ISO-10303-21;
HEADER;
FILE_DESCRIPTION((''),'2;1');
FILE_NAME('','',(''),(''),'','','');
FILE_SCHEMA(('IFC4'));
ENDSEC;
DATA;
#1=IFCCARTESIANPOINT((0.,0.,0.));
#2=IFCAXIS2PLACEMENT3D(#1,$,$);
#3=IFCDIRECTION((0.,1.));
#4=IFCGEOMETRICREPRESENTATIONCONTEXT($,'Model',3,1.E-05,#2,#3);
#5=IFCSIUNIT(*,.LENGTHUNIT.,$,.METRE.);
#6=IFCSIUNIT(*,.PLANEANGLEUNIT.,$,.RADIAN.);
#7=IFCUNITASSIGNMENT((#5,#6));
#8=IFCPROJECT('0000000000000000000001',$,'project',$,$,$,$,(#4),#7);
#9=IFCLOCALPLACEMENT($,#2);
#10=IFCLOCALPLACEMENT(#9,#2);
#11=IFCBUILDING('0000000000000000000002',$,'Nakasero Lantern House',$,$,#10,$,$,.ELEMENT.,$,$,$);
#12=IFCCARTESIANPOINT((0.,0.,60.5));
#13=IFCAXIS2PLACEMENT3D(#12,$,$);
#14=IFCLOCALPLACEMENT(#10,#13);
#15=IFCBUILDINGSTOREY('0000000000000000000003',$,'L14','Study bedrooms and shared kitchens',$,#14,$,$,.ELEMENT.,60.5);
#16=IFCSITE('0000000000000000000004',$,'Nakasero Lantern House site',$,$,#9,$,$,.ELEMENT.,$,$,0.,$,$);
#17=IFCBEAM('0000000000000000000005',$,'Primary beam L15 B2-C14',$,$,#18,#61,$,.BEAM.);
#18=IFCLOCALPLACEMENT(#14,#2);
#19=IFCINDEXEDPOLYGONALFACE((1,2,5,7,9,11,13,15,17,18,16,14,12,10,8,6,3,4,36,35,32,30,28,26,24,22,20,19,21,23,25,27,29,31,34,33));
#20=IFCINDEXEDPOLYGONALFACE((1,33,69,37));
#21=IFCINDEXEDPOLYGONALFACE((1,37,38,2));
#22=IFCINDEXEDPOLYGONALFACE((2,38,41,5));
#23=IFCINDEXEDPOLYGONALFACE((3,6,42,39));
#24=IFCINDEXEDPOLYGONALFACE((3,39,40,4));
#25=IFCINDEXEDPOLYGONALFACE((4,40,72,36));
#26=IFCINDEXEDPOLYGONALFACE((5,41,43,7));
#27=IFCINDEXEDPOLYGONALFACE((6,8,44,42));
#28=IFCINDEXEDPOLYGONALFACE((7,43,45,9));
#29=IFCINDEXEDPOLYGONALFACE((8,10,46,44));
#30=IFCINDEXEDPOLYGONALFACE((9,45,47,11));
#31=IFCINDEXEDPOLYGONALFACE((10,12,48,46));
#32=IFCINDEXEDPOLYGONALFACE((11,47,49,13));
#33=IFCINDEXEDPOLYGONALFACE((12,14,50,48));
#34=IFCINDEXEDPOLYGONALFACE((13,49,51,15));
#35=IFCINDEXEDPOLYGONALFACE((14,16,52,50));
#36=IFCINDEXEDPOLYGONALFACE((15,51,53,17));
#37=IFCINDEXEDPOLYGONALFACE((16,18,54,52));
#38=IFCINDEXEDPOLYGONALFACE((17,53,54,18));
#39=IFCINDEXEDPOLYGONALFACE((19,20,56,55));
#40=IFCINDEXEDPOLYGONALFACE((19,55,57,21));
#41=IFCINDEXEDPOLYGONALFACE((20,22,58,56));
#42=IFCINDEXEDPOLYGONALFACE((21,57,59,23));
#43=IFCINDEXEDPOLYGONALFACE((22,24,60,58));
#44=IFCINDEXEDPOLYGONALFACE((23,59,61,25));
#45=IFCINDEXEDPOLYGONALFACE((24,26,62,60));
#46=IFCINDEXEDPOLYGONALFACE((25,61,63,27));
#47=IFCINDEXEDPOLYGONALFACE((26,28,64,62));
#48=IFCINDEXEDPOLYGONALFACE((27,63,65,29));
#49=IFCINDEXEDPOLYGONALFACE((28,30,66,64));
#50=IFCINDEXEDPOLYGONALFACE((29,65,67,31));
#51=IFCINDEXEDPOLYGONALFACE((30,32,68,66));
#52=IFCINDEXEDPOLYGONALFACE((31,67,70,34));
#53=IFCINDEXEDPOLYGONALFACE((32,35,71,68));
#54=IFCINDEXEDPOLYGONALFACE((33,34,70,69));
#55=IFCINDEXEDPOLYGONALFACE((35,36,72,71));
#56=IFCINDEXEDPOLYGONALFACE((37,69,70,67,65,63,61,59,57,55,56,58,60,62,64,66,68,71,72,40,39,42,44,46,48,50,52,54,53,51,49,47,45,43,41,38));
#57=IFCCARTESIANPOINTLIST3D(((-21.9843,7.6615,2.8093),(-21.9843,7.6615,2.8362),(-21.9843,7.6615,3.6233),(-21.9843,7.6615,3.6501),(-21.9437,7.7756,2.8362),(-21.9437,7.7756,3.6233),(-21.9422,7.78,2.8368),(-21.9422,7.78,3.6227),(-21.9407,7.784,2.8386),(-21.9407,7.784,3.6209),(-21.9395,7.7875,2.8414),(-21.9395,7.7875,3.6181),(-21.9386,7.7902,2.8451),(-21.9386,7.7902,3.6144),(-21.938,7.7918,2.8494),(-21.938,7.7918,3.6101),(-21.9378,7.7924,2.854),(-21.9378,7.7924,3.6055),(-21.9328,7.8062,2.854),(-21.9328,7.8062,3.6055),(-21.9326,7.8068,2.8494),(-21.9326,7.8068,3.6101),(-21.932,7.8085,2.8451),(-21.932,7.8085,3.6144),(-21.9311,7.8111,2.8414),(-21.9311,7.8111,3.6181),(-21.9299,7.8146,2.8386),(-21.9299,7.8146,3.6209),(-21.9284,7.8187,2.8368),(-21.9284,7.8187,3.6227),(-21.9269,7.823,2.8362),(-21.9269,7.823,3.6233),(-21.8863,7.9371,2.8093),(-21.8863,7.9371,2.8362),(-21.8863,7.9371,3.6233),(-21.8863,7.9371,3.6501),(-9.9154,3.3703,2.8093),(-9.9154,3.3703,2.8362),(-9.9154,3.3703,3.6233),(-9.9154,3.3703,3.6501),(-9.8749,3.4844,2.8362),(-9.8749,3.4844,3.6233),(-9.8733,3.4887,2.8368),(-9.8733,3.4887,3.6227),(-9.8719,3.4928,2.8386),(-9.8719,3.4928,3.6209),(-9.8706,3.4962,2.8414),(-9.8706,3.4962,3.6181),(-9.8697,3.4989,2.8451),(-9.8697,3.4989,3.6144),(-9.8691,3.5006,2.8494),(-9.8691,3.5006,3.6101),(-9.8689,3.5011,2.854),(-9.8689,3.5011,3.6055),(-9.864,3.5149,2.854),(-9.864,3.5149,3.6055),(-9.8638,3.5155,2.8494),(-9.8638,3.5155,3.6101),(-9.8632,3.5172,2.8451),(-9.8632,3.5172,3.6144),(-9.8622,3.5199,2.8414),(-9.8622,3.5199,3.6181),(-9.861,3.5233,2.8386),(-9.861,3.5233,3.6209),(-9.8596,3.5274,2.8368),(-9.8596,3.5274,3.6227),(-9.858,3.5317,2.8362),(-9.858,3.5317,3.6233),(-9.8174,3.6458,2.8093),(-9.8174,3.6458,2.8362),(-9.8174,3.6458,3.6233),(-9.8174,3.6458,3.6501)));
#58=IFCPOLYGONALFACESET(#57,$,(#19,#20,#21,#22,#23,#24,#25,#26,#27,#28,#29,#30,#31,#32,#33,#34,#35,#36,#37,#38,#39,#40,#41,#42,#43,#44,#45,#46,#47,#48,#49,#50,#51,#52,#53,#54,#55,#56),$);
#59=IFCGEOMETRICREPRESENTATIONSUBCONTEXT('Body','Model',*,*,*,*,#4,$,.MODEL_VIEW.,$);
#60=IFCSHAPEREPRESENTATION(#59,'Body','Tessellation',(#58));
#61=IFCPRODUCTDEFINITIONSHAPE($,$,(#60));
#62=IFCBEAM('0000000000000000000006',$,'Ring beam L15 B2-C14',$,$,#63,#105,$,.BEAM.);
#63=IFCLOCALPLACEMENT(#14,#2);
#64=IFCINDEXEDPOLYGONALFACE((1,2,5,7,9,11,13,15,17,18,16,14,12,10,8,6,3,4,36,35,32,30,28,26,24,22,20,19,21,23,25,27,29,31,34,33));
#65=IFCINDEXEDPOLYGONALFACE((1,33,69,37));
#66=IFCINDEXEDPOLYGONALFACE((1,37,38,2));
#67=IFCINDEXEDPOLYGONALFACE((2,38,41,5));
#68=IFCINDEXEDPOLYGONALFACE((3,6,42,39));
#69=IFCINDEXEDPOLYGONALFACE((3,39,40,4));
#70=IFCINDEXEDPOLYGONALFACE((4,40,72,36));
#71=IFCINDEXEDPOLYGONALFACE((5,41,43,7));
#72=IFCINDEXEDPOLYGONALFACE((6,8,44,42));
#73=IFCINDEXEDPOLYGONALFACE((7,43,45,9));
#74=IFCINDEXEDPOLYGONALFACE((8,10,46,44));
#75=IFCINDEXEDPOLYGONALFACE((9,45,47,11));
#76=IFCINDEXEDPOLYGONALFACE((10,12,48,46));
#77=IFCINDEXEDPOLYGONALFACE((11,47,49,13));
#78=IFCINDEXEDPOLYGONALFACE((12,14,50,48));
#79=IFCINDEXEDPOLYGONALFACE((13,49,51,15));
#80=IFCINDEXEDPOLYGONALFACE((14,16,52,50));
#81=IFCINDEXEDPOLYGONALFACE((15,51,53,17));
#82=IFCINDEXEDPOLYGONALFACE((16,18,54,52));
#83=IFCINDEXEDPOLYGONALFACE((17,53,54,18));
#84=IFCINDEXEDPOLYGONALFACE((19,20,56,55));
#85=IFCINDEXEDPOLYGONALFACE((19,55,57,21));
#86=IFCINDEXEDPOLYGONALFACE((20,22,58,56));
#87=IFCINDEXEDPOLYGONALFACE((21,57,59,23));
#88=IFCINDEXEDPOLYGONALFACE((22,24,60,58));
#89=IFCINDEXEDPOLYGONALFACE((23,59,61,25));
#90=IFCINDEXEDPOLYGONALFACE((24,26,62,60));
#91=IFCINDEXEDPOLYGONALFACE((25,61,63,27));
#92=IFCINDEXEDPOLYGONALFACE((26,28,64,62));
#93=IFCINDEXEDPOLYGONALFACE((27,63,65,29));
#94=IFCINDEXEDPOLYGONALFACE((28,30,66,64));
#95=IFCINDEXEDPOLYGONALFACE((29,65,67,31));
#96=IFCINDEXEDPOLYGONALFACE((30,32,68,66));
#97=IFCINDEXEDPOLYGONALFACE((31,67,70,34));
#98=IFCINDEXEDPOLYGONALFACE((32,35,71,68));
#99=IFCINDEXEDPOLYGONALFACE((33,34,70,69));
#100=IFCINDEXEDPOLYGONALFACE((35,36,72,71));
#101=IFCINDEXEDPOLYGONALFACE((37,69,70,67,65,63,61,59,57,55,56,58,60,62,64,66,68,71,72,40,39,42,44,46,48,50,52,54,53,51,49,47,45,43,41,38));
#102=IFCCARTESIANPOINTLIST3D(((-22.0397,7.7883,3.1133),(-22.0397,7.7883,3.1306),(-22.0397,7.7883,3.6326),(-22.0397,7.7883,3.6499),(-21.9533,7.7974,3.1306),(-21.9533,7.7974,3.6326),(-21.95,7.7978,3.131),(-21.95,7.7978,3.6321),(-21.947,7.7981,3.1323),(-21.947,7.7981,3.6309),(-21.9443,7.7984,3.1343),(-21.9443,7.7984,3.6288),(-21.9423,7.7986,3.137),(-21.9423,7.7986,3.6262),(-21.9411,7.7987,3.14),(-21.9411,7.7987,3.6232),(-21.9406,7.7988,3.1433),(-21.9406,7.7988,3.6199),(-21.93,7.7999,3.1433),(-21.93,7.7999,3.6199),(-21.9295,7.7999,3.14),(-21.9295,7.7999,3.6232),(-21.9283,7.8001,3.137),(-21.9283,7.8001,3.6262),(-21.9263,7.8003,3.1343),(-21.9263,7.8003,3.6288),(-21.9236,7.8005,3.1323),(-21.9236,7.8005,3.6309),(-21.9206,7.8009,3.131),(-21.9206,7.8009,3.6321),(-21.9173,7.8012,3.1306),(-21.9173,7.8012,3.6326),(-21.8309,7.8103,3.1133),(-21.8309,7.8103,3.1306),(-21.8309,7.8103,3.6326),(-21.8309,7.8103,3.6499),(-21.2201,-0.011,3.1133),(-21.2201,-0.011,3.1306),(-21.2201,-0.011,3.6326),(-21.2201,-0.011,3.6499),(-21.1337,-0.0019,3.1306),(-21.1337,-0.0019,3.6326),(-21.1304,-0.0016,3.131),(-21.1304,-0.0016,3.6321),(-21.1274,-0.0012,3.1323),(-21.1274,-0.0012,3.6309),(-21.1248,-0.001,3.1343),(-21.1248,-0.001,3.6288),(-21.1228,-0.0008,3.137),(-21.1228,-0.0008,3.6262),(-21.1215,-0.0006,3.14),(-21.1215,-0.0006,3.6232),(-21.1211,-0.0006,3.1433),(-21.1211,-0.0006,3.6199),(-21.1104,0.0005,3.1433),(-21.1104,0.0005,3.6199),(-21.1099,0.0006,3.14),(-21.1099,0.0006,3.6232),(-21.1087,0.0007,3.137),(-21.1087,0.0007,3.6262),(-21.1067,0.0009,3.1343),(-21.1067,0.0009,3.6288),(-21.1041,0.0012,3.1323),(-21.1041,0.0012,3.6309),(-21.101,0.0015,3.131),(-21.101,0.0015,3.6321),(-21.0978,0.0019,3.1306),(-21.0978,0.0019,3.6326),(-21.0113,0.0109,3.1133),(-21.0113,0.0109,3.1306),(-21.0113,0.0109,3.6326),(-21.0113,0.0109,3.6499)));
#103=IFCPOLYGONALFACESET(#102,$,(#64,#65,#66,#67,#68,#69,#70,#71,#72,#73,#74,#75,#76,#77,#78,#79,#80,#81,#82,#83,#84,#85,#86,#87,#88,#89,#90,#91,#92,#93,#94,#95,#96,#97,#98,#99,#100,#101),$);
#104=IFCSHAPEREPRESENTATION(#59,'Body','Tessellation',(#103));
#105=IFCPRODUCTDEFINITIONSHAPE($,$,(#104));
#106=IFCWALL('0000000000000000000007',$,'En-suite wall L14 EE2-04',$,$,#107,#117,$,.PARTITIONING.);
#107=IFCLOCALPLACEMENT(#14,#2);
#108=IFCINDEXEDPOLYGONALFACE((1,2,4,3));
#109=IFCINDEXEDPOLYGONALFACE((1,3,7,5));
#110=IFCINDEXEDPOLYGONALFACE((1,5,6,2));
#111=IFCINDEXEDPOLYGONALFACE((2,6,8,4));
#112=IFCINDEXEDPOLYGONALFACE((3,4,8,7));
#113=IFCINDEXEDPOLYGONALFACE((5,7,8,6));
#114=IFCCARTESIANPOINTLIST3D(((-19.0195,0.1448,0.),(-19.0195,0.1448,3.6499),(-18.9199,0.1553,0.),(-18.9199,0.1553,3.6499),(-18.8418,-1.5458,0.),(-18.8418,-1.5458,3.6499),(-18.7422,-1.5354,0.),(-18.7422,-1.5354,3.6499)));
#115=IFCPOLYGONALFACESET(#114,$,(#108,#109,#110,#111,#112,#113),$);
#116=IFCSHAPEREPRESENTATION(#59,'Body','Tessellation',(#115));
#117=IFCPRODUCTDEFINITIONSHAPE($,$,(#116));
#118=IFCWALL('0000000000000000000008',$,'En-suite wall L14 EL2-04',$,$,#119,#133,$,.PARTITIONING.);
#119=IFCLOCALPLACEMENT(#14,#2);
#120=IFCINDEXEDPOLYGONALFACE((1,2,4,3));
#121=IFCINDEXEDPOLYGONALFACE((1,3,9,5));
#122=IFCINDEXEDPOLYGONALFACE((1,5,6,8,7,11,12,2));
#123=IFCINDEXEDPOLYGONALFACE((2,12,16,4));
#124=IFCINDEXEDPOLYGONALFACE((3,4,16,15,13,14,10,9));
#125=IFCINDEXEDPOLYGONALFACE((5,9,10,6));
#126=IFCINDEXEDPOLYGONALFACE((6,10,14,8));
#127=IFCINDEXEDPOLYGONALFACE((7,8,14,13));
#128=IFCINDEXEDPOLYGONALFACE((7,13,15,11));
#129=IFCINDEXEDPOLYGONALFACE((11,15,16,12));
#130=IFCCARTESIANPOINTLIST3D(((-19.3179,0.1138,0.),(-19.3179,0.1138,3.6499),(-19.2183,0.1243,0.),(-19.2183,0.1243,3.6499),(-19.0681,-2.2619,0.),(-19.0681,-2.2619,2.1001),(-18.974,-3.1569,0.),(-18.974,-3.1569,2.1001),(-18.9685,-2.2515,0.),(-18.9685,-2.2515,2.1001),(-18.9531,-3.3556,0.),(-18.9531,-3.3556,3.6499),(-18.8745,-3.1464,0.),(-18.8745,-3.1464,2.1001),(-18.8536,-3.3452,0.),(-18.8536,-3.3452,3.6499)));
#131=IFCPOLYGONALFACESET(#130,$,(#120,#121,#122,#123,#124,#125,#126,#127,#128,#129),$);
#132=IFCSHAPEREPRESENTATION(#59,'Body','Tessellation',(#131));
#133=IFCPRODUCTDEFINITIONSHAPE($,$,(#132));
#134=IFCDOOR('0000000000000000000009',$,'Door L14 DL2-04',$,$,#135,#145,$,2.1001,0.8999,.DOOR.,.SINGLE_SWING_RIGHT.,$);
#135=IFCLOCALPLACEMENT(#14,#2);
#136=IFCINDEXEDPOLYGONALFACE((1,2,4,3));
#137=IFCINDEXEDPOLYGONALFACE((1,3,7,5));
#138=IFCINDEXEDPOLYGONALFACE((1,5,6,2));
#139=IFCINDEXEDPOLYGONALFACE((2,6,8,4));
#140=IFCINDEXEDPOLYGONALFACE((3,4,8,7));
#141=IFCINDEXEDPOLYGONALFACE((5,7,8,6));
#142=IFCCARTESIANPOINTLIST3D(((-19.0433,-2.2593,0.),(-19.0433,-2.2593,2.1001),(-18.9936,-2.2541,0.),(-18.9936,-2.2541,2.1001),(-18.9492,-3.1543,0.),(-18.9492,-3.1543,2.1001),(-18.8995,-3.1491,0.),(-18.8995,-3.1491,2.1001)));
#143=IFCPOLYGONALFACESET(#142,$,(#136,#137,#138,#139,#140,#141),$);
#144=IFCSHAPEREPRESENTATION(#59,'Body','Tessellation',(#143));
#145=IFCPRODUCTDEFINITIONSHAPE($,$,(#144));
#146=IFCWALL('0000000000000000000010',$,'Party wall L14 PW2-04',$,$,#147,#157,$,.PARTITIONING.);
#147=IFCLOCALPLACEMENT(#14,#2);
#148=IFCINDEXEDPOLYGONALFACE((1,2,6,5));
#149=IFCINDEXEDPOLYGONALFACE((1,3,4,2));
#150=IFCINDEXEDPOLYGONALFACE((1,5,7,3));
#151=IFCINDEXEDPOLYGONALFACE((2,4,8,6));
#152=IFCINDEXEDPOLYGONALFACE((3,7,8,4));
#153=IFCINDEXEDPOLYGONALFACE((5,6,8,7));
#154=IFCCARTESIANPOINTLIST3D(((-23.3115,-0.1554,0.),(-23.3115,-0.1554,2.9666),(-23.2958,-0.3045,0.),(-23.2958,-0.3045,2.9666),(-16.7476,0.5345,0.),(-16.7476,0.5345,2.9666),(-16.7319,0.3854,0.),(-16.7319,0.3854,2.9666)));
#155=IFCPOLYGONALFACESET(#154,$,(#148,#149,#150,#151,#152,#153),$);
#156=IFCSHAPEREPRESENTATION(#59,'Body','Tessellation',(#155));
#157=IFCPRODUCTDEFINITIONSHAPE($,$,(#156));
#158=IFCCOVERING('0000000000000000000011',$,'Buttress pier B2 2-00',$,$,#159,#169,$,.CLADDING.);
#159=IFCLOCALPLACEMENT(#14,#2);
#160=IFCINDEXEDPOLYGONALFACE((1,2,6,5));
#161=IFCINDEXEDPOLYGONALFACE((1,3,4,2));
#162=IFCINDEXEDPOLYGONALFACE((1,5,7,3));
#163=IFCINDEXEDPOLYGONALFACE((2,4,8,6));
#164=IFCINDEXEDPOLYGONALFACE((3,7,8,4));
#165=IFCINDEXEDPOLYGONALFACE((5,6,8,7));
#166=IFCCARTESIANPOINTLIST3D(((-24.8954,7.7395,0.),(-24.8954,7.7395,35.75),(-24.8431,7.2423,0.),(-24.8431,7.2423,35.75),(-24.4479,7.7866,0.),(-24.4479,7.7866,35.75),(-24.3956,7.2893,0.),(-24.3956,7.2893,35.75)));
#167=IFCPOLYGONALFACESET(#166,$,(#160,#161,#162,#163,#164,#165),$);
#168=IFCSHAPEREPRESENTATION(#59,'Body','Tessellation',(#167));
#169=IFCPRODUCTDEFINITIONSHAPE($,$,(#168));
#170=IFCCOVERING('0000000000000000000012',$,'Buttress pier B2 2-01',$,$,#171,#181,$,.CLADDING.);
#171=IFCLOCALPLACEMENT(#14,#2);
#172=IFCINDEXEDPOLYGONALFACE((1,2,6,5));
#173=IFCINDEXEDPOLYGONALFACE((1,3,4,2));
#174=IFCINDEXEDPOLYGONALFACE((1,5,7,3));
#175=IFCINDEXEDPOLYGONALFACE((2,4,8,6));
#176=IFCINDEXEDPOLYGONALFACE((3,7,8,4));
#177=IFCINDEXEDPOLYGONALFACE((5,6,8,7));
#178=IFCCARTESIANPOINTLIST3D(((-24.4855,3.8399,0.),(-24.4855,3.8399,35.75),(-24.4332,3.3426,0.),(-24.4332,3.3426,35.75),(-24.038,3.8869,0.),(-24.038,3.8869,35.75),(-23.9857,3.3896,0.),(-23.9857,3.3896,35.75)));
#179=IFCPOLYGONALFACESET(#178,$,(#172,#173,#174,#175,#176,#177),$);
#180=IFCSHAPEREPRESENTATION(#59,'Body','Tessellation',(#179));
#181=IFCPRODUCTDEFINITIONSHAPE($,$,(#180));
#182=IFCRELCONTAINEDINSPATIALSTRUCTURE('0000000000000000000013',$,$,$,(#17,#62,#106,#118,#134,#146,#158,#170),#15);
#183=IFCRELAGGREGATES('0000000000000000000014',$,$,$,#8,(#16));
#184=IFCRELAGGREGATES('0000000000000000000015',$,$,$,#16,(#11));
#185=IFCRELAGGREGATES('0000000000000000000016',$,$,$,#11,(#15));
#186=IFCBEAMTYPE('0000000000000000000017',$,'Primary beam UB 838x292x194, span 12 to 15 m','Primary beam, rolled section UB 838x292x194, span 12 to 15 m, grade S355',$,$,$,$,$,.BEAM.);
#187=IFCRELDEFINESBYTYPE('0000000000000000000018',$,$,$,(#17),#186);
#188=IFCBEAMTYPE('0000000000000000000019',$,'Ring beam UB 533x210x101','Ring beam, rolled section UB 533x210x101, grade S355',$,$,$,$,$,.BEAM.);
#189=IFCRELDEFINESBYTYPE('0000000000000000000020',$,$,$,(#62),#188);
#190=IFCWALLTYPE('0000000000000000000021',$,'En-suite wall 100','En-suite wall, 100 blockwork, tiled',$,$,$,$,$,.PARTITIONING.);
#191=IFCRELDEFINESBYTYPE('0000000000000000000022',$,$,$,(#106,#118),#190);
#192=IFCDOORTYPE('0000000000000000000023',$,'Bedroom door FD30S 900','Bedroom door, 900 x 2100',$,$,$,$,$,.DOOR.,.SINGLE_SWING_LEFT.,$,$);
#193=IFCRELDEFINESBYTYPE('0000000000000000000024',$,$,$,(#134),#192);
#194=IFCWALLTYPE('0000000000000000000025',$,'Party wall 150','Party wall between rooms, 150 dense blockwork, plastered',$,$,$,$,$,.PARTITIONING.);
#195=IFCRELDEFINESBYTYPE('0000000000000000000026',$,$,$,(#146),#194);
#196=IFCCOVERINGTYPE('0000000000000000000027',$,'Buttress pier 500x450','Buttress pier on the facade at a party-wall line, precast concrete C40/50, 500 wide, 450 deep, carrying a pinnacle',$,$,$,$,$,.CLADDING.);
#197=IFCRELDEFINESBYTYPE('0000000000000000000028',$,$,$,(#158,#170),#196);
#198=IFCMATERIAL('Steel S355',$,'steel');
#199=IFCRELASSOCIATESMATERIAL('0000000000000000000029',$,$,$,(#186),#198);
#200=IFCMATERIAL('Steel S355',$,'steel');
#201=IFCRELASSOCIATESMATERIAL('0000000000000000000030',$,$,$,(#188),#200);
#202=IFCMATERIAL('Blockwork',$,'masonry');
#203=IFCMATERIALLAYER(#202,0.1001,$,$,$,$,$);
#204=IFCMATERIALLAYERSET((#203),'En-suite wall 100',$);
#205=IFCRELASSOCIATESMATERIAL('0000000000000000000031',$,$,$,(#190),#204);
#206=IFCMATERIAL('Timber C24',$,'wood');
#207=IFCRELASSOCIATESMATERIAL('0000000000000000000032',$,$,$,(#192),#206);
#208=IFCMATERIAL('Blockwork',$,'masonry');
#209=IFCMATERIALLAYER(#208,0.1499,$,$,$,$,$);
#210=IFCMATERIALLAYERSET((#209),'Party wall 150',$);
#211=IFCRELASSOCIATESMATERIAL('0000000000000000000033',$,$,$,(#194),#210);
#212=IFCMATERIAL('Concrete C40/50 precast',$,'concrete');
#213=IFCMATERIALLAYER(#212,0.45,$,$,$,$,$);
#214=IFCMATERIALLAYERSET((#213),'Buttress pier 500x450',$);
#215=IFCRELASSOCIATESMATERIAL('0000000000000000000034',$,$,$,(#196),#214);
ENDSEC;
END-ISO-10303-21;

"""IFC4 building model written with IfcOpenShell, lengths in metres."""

from ifc_helpers import new_model, si_unit, direction, frame, frame_2d, origin, origin_2d, place, context, subcontext, project, spatial, rectangle, i_section, extrude, material, layer, layer_set, material_profile, profile_set, type_object, element, fill, save


model = new_model("IFC4")

# Units and contexts
model_context = context("Model", 3, precision=1e-05, world=origin(), true_north=direction((0.0, 1.0)))
body_context = subcontext(model_context, "Body", "Model", "MODEL_VIEW")
ifc_project = project(units=[si_unit("LENGTHUNIT", "METRE"), si_unit("PLANEANGLEUNIT", "RADIAN")], contexts=[model_context])

# Site, building, storey
site_placement = place(None, origin())
site = spatial("IfcSite", under=ifc_project, at=site_placement, Name="Nakasero Lantern House site", CompositionType="ELEMENT", RefElevation=0.0)
building_placement = place(site_placement, origin())
building = spatial("IfcBuilding", under=site, at=building_placement, Name="Nakasero Lantern House", CompositionType="ELEMENT")
storey_placement = place(building_placement, frame((0.0, 0.0, 60.5)))
storey = spatial("IfcBuildingStorey", under=building, at=storey_placement, Name="L14", Description="Study bedrooms and shared kitchens", CompositionType="ELEMENT", Elevation=60.5)

# Beams
ifc_material_1 = material(Name="Steel S355", Category="steel")
ifc_material_profile_1 = material_profile(ifc_material_1, i_section(OverallWidth=0.2925, OverallDepth=0.8408, WebThickness=0.0146, FlangeThickness=0.0269, FilletRadius=0.0178, at=origin_2d()), Name="UB 838x292x194")
ifc_profile_set_1 = profile_set([ifc_material_profile_1], Name="Steel S355")
beam_type_1 = type_object("IfcBeamType", Name="Primary beam UB 838x292x194, span 12 to 15 m", Description="Primary beam, rolled section UB 838x292x194, span 12 to 15 m, grade S355", PredefinedType="BEAM", material=ifc_profile_set_1)
beam_1_placement = place(storey_placement, frame((-21.9353, 7.7993, 3.2297), z_axis=(0.942212, -0.335018, 0.0), x_axis=(0.335018, 0.942212, 0.0)))
element("IfcBeam", 1, at=beam_1_placement, inside=storey, type_object=beam_type_1, Name="Primary beam L15 B2-C14", PredefinedType="BEAM", context=body_context, shape_type="SweptSolid", body=[
    extrude(i_section(OverallWidth=0.2925, OverallDepth=0.8408, WebThickness=0.0146, FlangeThickness=0.0269, FilletRadius=0.0178, at=origin_2d()), origin(), (0.0, 0.0, 1.0), 12.8091),
])
ifc_material_2 = material(Name="Steel S355", Category="steel")
ifc_material_profile_2 = material_profile(ifc_material_2, i_section(OverallWidth=0.21, OverallDepth=0.5366, WebThickness=0.0107, FlangeThickness=0.0173, FilletRadius=0.0127, at=origin_2d()), Name="UB 533x210x101")
ifc_profile_set_2 = profile_set([ifc_material_profile_2], Name="Steel S355")
beam_type_2 = type_object("IfcBeamType", Name="Ring beam UB 533x210x101", Description="Ring beam, rolled section UB 533x210x101, grade S355", PredefinedType="BEAM", material=ifc_profile_set_2)
beam_2_placement = place(storey_placement, frame((-21.9353, 7.7993, 3.3816), z_axis=(0.104508, -0.994524, 0.0), x_axis=(0.994524, 0.104508, 0.0)))
element("IfcBeam", 2, at=beam_2_placement, inside=storey, type_object=beam_type_2, Name="Ring beam L15 B2-C14", PredefinedType="BEAM", context=body_context, shape_type="SweptSolid", body=[
    extrude(i_section(OverallWidth=0.21, OverallDepth=0.5366, WebThickness=0.0107, FlangeThickness=0.0173, FilletRadius=0.0127, at=origin_2d()), origin(), (0.0, 0.0, 1.0), 7.8423),
])

# Wall
ifc_material_3 = material(Name="Blockwork", Category="masonry")
ifc_layer_1 = layer(ifc_material_3, 0.1001)
ifc_layer_set_1 = layer_set([ifc_layer_1], Name="En-suite wall 100")
wall_type_1 = type_object("IfcWallType", Name="En-suite wall 100", Description="En-suite wall, 100 blockwork, tiled", PredefinedType="PARTITIONING", material=ifc_layer_set_1)
wall_1_placement = place(storey_placement, frame((-18.9697, 0.1501, 0.0), z_axis=(0.0, 0.0, 1.0), x_axis=(0.10455, -0.99452, 0.0)))
element("IfcWall", 3, at=wall_1_placement, inside=storey, type_object=wall_type_1, Name="En-suite wall L14 EE2-04", PredefinedType="PARTITIONING", context=body_context, shape_type="SweptSolid", body=[
    extrude(rectangle(XDim=1.7, YDim=0.1001, at=frame_2d((0.8501, 0.0))), origin(), (0.0, 0.0, 1.0), 3.6499),
])

# Wall, opening, door
wall_2_placement = place(storey_placement, frame((-19.2681, 0.1189, 0.0), z_axis=(0.0, 0.0, 1.0), x_axis=(0.104554, -0.994519, 0.0)))
wall_2 = element("IfcWall", 4, at=wall_2_placement, inside=storey, type_object=wall_type_1, Name="En-suite wall L14 EL2-04", PredefinedType="PARTITIONING", context=body_context, shape_type="SweptSolid", body=[
    extrude(rectangle(XDim=3.4885, YDim=0.1001, at=frame_2d((1.7441, 0.0))), origin(), (0.0, 0.0, 1.0), 3.6499),
])
opening_placement = place(wall_2_placement, frame((2.3887, 0.0, 0.0)))
opening = element("IfcOpeningElement", 5, at=opening_placement, cuts=wall_2, PredefinedType="OPENING", context=body_context, shape_type="SweptSolid", body=[
    extrude(rectangle(XDim=0.8999, YDim=2.1001, at=frame_2d((0.45, 1.05))), frame((0.0, 0.0701, 0.0), z_axis=(0.0, -1.0, 0.0), x_axis=(1.0, 0.0, 0.0)), (0.0, 0.0, 1.0), 0.1401),
])
ifc_material_4 = material(Name="Timber C24", Category="wood")
door_type = type_object("IfcDoorType", Name="Bedroom door FD30S 900", Description="Bedroom door, 900 x 2100", OperationType="SINGLE_SWING_LEFT", PredefinedType="DOOR", material=ifc_material_4)
door_placement = place(opening_placement, origin())
door = element("IfcDoor", 6, at=door_placement, inside=storey, type_object=door_type, Name="Door L14 DL2-04", OperationType="SINGLE_SWING_RIGHT", OverallHeight=2.1001, OverallWidth=0.8999, PredefinedType="DOOR", context=body_context, shape_type="SweptSolid", body=[
    extrude(rectangle(XDim=0.8999, YDim=2.1001, at=frame_2d((0.45, 1.05))), frame((0.0, 0.0249, 0.0), z_axis=(0.0, -1.0, 0.0), x_axis=(1.0, 0.0, 0.0)), (0.0, 0.0, 1.0), 0.05),
])
fill(opening, door)

# Wall
ifc_material_5 = material(Name="Blockwork", Category="masonry")
ifc_layer_2 = layer(ifc_material_5, 0.1499)
ifc_layer_set_2 = layer_set([ifc_layer_2], Name="Party wall 150")
wall_type_2 = type_object("IfcWallType", Name="Party wall 150", Description="Party wall between rooms, 150 dense blockwork, plastered", PredefinedType="PARTITIONING", material=ifc_layer_set_2)
wall_3_placement = place(storey_placement, frame((-16.7397, 0.46, 0.0), z_axis=(0.0, 0.0, 1.0), x_axis=(-0.994521, -0.104535, 0.0)))
element("IfcWall", 7, at=wall_3_placement, inside=storey, type_object=wall_type_2, Name="Party wall L14 PW2-04", PredefinedType="PARTITIONING", context=body_context, shape_type="SweptSolid", body=[
    extrude(rectangle(XDim=6.6001, YDim=0.1499, at=frame_2d((3.3, 0.0))), origin(), (0.0, 0.0, 1.0), 2.9666),
])

# Coverings
ifc_material_6 = material(Name="Concrete C40/50 precast", Category="concrete")
ifc_layer_3 = layer(ifc_material_6, 0.45)
ifc_layer_set_3 = layer_set([ifc_layer_3], Name="Buttress pier 500x450")
covering_type = type_object("IfcCoveringType", Name="Buttress pier 500x450", Description="Buttress pier on the facade at a party-wall line, precast concrete C40/50, 500 wide, 450 deep, carrying a pinnacle", PredefinedType="CLADDING", material=ifc_layer_set_3)
for number, where, z_axis, x_axis, name in (
    (8, (-24.6455, 7.5144, 0.0), (0.0, 0.0, 1.0), (-0.994522, -0.104528, 0.0), "Buttress pier B2 2-00"),
    (9, (-24.2356, 3.6147, 0.0), (0.0, 0.0, 1.0), (-0.994522, -0.104528, 0.0), "Buttress pier B2 2-01"),
):
    element("IfcCovering", number, at=place(storey_placement, frame(where, z_axis=z_axis, x_axis=x_axis)), inside=storey, type_object=covering_type, Name=name, PredefinedType="CLADDING", context=body_context, shape_type="SweptSolid", body=[
        extrude(rectangle(XDim=0.45, YDim=0.5, at=origin_2d()), origin(), (0.0, 0.0, 1.0), 35.75),
    ])

save(model, "model.ifc")
